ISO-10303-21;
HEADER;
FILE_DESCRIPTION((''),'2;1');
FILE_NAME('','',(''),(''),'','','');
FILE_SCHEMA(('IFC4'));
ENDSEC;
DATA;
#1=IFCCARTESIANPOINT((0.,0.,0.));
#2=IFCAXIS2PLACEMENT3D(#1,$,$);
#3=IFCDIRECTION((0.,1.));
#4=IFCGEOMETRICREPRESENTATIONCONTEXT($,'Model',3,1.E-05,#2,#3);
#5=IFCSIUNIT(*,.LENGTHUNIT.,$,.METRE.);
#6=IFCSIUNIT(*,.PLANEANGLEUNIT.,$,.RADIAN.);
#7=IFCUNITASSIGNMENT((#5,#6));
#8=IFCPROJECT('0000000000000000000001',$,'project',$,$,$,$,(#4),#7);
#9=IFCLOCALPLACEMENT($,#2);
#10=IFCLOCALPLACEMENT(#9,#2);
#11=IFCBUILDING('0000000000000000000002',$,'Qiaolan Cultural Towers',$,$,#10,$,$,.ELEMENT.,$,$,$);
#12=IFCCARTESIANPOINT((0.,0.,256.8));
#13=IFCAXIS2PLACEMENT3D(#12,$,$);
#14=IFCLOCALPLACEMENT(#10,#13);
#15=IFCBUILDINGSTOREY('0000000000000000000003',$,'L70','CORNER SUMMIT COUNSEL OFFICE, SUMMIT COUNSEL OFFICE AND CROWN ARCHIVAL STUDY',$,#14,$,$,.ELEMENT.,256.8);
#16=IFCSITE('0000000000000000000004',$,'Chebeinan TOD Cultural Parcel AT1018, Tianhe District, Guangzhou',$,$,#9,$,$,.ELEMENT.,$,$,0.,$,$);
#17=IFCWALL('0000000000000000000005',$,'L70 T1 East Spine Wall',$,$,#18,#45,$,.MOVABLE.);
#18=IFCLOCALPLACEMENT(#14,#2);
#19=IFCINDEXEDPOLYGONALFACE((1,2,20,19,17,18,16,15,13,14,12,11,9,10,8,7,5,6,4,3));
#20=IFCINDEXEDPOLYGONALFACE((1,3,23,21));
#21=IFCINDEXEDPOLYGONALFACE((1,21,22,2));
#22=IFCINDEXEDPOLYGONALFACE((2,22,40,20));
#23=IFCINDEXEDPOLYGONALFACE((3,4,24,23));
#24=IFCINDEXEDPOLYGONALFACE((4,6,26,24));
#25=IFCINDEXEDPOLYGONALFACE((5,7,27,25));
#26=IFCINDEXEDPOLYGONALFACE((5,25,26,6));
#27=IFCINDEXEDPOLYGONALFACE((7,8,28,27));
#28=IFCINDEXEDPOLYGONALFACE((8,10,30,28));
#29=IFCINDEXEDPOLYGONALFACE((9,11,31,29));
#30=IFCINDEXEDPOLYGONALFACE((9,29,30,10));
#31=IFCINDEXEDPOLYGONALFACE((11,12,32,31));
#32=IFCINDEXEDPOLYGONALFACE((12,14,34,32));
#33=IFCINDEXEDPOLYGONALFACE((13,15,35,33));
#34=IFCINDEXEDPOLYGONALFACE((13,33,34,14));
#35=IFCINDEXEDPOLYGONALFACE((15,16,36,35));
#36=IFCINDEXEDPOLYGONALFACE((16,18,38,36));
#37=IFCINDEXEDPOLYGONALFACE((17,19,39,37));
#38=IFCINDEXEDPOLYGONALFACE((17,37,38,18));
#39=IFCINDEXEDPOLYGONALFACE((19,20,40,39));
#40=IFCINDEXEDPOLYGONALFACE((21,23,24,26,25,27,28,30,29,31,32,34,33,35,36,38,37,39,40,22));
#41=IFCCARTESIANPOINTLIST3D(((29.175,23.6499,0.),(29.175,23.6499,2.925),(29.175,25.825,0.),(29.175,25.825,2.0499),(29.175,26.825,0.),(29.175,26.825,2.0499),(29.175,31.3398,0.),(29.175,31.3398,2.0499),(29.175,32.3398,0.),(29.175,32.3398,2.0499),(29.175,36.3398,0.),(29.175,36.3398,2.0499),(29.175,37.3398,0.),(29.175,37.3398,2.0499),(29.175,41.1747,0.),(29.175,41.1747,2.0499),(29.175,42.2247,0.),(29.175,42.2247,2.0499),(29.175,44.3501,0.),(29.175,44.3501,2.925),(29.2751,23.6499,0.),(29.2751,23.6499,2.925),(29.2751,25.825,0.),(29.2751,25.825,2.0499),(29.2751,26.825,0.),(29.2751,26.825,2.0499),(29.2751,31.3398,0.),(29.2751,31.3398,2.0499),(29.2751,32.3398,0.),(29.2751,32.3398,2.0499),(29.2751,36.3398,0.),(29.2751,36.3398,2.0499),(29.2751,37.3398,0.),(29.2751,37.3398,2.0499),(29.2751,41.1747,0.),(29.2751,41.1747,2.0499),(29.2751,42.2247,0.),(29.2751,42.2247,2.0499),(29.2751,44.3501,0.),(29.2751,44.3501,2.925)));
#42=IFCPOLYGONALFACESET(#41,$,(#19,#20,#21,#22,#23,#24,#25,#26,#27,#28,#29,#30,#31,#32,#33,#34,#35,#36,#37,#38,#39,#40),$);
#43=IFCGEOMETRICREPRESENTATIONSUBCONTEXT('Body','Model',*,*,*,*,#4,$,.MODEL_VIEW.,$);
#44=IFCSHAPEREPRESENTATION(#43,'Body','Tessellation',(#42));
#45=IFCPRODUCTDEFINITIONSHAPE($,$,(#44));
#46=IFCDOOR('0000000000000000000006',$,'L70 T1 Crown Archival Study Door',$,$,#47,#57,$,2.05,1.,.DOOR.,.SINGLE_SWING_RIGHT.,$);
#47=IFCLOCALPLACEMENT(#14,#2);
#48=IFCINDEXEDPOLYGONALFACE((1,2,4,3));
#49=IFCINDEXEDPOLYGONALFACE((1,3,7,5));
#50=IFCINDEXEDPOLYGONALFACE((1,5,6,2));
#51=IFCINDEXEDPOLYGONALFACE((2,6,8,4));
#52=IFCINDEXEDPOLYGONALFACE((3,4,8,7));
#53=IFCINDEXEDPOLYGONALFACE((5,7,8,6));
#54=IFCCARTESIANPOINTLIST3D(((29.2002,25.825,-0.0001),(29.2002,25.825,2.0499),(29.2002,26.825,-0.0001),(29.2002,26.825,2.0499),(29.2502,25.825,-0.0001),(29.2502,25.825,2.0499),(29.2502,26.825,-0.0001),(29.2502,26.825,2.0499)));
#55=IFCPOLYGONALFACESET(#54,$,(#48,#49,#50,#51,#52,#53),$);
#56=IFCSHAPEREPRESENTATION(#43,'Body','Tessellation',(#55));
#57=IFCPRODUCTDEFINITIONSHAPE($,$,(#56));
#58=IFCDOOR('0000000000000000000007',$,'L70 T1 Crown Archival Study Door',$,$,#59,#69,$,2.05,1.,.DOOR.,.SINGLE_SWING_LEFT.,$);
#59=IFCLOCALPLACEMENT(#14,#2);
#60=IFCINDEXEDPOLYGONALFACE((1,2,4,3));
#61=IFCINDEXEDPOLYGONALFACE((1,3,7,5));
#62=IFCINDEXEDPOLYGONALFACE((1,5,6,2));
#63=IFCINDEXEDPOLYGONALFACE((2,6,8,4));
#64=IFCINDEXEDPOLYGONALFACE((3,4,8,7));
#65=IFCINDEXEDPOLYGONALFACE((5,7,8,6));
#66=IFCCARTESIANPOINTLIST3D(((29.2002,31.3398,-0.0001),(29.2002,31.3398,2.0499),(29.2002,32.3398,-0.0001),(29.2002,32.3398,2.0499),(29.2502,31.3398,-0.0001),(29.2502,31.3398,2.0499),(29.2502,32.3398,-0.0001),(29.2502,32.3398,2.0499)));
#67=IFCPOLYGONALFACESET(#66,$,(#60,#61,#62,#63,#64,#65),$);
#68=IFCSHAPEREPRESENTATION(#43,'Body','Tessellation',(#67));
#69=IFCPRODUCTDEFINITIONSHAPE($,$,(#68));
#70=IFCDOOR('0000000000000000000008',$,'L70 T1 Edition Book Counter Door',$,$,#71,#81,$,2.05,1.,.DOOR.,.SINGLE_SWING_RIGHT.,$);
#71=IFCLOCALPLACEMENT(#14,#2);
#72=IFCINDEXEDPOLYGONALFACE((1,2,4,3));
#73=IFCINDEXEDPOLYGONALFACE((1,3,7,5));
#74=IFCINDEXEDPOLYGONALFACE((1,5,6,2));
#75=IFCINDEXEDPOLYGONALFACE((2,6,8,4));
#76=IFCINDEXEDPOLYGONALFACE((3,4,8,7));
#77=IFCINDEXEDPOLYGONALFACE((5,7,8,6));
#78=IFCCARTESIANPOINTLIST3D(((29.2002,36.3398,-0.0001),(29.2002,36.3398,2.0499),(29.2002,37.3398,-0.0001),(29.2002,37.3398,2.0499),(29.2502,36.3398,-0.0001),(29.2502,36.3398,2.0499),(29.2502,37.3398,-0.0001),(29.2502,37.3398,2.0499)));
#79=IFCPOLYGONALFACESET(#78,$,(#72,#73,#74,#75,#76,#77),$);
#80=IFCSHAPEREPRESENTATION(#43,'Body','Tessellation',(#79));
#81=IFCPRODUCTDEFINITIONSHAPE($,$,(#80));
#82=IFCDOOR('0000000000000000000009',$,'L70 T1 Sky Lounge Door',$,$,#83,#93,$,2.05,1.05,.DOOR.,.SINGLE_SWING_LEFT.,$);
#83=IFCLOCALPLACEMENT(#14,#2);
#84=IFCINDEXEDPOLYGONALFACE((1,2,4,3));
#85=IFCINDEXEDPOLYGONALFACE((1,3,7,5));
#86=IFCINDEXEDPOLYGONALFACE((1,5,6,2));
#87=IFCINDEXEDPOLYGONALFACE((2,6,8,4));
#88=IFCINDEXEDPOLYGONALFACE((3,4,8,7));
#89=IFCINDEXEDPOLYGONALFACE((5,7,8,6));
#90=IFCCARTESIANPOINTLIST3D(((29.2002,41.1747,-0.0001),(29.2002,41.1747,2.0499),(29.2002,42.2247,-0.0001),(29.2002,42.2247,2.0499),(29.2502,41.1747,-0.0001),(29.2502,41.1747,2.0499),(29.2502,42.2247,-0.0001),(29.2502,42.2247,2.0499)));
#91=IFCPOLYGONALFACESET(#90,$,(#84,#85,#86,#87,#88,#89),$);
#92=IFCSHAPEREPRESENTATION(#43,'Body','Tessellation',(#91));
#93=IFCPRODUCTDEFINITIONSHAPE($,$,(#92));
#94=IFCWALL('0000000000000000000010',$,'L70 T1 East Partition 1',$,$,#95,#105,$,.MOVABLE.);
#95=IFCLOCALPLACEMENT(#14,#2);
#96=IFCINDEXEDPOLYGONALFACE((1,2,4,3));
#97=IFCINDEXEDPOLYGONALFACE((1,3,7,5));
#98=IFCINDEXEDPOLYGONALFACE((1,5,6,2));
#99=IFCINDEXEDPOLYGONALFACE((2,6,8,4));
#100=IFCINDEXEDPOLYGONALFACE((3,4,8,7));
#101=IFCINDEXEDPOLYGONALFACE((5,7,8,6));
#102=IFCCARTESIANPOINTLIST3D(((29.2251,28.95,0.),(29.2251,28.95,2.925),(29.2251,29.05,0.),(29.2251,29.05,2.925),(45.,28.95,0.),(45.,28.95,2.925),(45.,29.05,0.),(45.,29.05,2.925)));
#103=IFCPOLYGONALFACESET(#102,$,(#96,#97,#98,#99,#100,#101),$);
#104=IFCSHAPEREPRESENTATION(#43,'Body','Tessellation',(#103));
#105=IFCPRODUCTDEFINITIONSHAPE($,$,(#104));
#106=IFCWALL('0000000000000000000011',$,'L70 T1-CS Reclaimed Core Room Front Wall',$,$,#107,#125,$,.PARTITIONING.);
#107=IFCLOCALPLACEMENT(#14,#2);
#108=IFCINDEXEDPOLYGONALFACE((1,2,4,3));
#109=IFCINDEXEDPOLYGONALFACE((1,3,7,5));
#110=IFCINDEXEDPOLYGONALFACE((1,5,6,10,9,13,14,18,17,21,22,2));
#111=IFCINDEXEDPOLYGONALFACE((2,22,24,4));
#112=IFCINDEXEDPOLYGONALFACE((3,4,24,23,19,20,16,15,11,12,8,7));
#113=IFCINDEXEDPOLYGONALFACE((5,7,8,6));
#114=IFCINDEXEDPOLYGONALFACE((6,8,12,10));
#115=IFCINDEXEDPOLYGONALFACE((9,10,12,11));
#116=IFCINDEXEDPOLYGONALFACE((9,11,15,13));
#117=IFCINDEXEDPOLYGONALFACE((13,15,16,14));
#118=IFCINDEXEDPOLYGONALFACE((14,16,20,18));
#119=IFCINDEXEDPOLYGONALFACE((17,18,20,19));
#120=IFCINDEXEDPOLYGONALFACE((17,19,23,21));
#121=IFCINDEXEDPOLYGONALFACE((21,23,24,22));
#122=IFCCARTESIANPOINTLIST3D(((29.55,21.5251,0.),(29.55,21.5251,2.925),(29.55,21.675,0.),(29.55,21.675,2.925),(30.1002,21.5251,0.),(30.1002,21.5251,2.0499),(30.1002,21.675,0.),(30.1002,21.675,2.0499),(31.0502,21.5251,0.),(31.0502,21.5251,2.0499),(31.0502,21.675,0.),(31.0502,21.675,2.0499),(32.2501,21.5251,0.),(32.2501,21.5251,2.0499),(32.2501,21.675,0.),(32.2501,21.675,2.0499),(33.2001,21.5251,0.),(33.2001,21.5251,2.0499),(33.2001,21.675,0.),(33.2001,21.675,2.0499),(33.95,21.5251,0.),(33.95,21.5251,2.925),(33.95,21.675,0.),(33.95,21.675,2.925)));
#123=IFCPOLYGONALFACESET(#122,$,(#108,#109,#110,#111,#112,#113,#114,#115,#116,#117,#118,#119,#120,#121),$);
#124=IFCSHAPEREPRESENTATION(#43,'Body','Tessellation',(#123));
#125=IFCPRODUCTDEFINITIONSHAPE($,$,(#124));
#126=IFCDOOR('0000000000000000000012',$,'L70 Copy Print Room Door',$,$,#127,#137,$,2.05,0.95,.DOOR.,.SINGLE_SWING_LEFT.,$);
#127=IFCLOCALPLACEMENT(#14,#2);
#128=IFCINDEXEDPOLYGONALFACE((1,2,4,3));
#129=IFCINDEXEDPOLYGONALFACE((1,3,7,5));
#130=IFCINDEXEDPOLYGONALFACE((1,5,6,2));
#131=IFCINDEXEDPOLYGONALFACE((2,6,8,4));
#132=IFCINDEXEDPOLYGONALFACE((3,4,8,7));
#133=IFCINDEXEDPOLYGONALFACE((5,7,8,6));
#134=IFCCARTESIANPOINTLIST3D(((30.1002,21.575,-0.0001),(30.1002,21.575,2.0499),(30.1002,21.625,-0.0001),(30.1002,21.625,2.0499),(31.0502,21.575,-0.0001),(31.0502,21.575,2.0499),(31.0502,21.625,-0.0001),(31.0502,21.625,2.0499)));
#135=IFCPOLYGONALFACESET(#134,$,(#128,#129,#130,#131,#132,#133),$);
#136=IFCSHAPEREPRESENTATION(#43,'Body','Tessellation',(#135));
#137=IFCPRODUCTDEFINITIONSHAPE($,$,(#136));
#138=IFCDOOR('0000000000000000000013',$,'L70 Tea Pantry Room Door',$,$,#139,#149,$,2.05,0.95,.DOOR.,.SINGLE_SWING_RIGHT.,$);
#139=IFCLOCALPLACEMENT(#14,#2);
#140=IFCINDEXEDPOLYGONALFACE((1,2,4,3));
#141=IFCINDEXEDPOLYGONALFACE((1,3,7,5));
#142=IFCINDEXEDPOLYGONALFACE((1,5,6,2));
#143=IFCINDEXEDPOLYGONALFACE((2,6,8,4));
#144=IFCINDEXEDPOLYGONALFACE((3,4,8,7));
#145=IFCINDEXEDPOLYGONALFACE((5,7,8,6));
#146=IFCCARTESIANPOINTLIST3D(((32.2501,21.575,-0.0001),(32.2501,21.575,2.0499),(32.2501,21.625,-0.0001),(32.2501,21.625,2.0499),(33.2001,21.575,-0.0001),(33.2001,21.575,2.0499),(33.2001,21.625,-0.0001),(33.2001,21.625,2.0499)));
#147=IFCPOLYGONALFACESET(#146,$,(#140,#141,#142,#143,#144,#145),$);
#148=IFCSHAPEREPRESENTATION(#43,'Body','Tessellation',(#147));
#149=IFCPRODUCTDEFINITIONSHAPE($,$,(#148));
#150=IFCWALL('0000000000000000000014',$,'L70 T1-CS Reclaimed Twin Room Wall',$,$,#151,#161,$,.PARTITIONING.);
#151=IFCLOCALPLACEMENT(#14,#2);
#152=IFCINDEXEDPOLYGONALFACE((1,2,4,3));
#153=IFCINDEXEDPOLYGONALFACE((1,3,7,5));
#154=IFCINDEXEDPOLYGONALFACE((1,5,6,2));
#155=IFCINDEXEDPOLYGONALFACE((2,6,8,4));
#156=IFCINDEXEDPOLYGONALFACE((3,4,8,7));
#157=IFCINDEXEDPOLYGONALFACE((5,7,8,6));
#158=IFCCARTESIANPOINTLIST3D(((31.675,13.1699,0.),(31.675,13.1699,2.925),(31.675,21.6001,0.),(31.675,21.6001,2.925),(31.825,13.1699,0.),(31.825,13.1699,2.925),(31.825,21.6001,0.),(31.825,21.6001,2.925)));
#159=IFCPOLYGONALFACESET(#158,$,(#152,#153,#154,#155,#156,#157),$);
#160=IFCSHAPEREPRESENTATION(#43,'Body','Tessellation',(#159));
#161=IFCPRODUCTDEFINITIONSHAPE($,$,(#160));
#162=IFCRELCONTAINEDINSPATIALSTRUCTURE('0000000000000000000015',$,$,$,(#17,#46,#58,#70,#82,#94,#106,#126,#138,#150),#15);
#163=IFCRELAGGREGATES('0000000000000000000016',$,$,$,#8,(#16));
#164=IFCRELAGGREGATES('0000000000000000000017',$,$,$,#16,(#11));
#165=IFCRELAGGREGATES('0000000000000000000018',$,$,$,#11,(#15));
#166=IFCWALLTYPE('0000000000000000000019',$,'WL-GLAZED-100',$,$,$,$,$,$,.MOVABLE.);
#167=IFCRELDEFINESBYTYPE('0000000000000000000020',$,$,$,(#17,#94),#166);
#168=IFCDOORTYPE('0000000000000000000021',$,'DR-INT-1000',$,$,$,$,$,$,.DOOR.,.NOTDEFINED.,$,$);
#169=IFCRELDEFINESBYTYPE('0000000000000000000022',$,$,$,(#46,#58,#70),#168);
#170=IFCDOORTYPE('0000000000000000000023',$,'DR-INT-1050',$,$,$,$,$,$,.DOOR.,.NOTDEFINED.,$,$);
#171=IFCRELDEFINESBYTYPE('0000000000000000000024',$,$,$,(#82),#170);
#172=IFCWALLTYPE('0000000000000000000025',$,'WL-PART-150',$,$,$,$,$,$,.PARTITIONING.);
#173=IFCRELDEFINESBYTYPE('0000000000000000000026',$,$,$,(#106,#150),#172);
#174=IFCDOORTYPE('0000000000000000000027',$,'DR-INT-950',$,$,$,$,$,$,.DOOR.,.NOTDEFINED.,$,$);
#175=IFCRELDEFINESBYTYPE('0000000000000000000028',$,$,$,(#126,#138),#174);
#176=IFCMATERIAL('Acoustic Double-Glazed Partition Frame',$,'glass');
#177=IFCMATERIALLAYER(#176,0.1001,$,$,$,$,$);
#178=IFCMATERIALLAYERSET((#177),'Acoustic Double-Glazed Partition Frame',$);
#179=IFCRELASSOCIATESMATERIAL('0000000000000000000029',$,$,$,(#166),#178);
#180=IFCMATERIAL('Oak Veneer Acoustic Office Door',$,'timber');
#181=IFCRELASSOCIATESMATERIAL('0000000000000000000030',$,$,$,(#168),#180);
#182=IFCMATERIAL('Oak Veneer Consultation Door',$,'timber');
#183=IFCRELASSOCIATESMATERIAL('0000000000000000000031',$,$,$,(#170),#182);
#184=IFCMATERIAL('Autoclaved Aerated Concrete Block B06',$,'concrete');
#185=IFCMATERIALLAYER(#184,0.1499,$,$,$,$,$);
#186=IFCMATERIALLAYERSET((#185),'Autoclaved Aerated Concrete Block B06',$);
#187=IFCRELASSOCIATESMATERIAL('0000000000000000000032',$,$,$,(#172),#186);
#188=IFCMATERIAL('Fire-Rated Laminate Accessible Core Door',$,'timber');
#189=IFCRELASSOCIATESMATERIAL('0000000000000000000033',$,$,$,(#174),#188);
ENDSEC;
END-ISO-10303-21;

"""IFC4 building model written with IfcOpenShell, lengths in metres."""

from ifc_helpers import new_model, si_unit, direction, frame, frame_2d, origin, place, context, subcontext, project, spatial, rectangle, extrude, material, layer, layer_set, type_object, element, fill, save


model = new_model("IFC4")

# Units and contexts
model_context = context("Model", 3, precision=1e-05, world=origin(), true_north=direction((0.0, 1.0)))
body_context = subcontext(model_context, "Body", "Model", "MODEL_VIEW")
ifc_project = project(units=[si_unit("LENGTHUNIT", "METRE"), si_unit("PLANEANGLEUNIT", "RADIAN")], contexts=[model_context])

# Site, building, storey
site_placement = place(None, origin())
site = spatial("IfcSite", under=ifc_project, at=site_placement, Name="Chebeinan TOD Cultural Parcel AT1018, Tianhe District, Guangzhou", CompositionType="ELEMENT", RefElevation=0.0)
building_placement = place(site_placement, origin())
building = spatial("IfcBuilding", under=site, at=building_placement, Name="Qiaolan Cultural Towers", CompositionType="ELEMENT")
storey_placement = place(building_placement, frame((0.0, 0.0, 256.8)))
storey = spatial("IfcBuildingStorey", under=building, at=storey_placement, Name="L70", Description="CORNER SUMMIT COUNSEL OFFICE, SUMMIT COUNSEL OFFICE AND CROWN ARCHIVAL STUDY", CompositionType="ELEMENT", Elevation=256.8)

# Shared definitions
ifc_material_1 = material(Name="Acoustic Double-Glazed Partition Frame", Category="glass")
ifc_layer_1 = layer(ifc_material_1, 0.1001)
ifc_layer_set_1 = layer_set([ifc_layer_1], Name="Acoustic Double-Glazed Partition Frame")
wall_type_1 = type_object("IfcWallType", Name="WL-GLAZED-100", PredefinedType="MOVABLE", material=ifc_layer_set_1)

# Wall, openings, doors
ifc_material_2 = material(Name="Oak Veneer Acoustic Office Door", Category="timber")
door_type_1 = type_object("IfcDoorType", Name="DR-INT-1000", OperationType="NOTDEFINED", PredefinedType="DOOR", material=ifc_material_2)
ifc_material_3 = material(Name="Oak Veneer Consultation Door", Category="timber")
door_type_2 = type_object("IfcDoorType", Name="DR-INT-1050", OperationType="NOTDEFINED", PredefinedType="DOOR", material=ifc_material_3)
wall_1_placement = place(storey_placement, frame((29.2251, 23.6499, 0.0), z_axis=(0.0, 0.0, 1.0), x_axis=(0.0, 1.0, 0.0)))
wall_1 = element("IfcWall", 1, at=wall_1_placement, inside=storey, type_object=wall_type_1, Name="L70 T1 East Spine Wall", PredefinedType="MOVABLE", context=body_context, shape_type="SweptSolid", body=[
    extrude(rectangle(XDim=20.7002, YDim=0.1001, at=frame_2d((10.3501, 0.0))), origin(), (0.0, 0.0, 1.0), 2.925),
])
opening_1_placement = place(wall_1_placement, frame((2.175, 0.0, 0.0)))
opening_1 = element("IfcOpeningElement", 2, at=opening_1_placement, cuts=wall_1, PredefinedType="OPENING", context=body_context, shape_type="SweptSolid", body=[
    extrude(rectangle(XDim=1.0, YDim=2.05, at=frame_2d((0.5, 1.0249))), frame((0.0, 0.0601, 0.0), z_axis=(0.0, -1.0, 0.0), x_axis=(1.0, 0.0, 0.0)), (0.0, 0.0, 1.0), 0.1201),
])
opening_2_placement = place(wall_1_placement, frame((7.6899, 0.0, 0.0)))
opening_2 = element("IfcOpeningElement", 3, at=opening_2_placement, cuts=wall_1, PredefinedType="OPENING", context=body_context, shape_type="SweptSolid", body=[
    extrude(rectangle(XDim=1.0, YDim=2.05, at=frame_2d((0.5, 1.0249))), frame((0.0, 0.0601, 0.0), z_axis=(0.0, -1.0, 0.0), x_axis=(1.0, 0.0, 0.0)), (0.0, 0.0, 1.0), 0.1201),
])
opening_3_placement = place(wall_1_placement, frame((12.6899, 0.0, 0.0)))
opening_3 = element("IfcOpeningElement", 4, at=opening_3_placement, cuts=wall_1, PredefinedType="OPENING", context=body_context, shape_type="SweptSolid", body=[
    extrude(rectangle(XDim=1.0, YDim=2.05, at=frame_2d((0.5, 1.0249))), frame((0.0, 0.0601, 0.0), z_axis=(0.0, -1.0, 0.0), x_axis=(1.0, 0.0, 0.0)), (0.0, 0.0, 1.0), 0.1201),
])
opening_4_placement = place(wall_1_placement, frame((17.5249, 0.0, 0.0)))
opening_4 = element("IfcOpeningElement", 5, at=opening_4_placement, cuts=wall_1, PredefinedType="OPENING", context=body_context, shape_type="SweptSolid", body=[
    extrude(rectangle(XDim=1.05, YDim=2.05, at=frame_2d((0.5249, 1.0249))), frame((0.0, 0.0601, 0.0), z_axis=(0.0, -1.0, 0.0), x_axis=(1.0, 0.0, 0.0)), (0.0, 0.0, 1.0), 0.1201),
])
door_1_placement = place(opening_1_placement, origin())
door_1 = element("IfcDoor", 6, at=door_1_placement, inside=storey, type_object=door_type_1, Name="L70 T1 Crown Archival Study Door", OperationType="SINGLE_SWING_RIGHT", OverallHeight=2.05, OverallWidth=1.0, PredefinedType="DOOR", context=body_context, shape_type="SweptSolid", body=[
    extrude(rectangle(XDim=1.0, YDim=2.05, at=frame_2d((0.5, 1.0249))), frame((0.0, 0.0249, 0.0), z_axis=(0.0, -1.0, 0.0), x_axis=(1.0, 0.0, 0.0)), (0.0, 0.0, 1.0), 0.05),
])
fill(opening_1, door_1)
door_2_placement = place(opening_2_placement, origin())
door_2 = element("IfcDoor", 7, at=door_2_placement, inside=storey, type_object=door_type_1, Name="L70 T1 Crown Archival Study Door", OperationType="SINGLE_SWING_LEFT", OverallHeight=2.05, OverallWidth=1.0, PredefinedType="DOOR", context=body_context, shape_type="SweptSolid", body=[
    extrude(rectangle(XDim=1.0, YDim=2.05, at=frame_2d((0.5, 1.0249))), frame((0.0, 0.0249, 0.0), z_axis=(0.0, -1.0, 0.0), x_axis=(1.0, 0.0, 0.0)), (0.0, 0.0, 1.0), 0.05),
])
fill(opening_2, door_2)
door_3_placement = place(opening_3_placement, origin())
door_3 = element("IfcDoor", 8, at=door_3_placement, inside=storey, type_object=door_type_1, Name="L70 T1 Edition Book Counter Door", OperationType="SINGLE_SWING_RIGHT", OverallHeight=2.05, OverallWidth=1.0, PredefinedType="DOOR", context=body_context, shape_type="SweptSolid", body=[
    extrude(rectangle(XDim=1.0, YDim=2.05, at=frame_2d((0.5, 1.0249))), frame((0.0, 0.0249, 0.0), z_axis=(0.0, -1.0, 0.0), x_axis=(1.0, 0.0, 0.0)), (0.0, 0.0, 1.0), 0.05),
])
fill(opening_3, door_3)
door_4_placement = place(opening_4_placement, origin())
door_4 = element("IfcDoor", 9, at=door_4_placement, inside=storey, type_object=door_type_2, Name="L70 T1 Sky Lounge Door", OperationType="SINGLE_SWING_LEFT", OverallHeight=2.05, OverallWidth=1.05, PredefinedType="DOOR", context=body_context, shape_type="SweptSolid", body=[
    extrude(rectangle(XDim=1.05, YDim=2.05, at=frame_2d((0.5249, 1.0249))), frame((0.0, 0.0249, 0.0), z_axis=(0.0, -1.0, 0.0), x_axis=(1.0, 0.0, 0.0)), (0.0, 0.0, 1.0), 0.05),
])
fill(opening_4, door_4)

# Wall
wall_2_placement = place(storey_placement, frame((29.2251, 29.0, 0.0), z_axis=(0.0, 0.0, 1.0), x_axis=(1.0, 0.0, 0.0)))
element("IfcWall", 10, at=wall_2_placement, inside=storey, type_object=wall_type_1, Name="L70 T1 East Partition 1", PredefinedType="MOVABLE", context=body_context, shape_type="SweptSolid", body=[
    extrude(rectangle(XDim=15.7749, YDim=0.1001, at=frame_2d((7.8875, 0.0))), origin(), (0.0, 0.0, 1.0), 2.925),
])

# Wall, openings, doors
ifc_material_4 = material(Name="Autoclaved Aerated Concrete Block B06", Category="concrete")
ifc_layer_2 = layer(ifc_material_4, 0.1499)
ifc_layer_set_2 = layer_set([ifc_layer_2], Name="Autoclaved Aerated Concrete Block B06")
wall_type_2 = type_object("IfcWallType", Name="WL-PART-150", PredefinedType="PARTITIONING", material=ifc_layer_set_2)
wall_3_placement = place(storey_placement, frame((29.55, 21.6001, 0.0), z_axis=(0.0, 0.0, 1.0), x_axis=(1.0, 0.0, 0.0)))
wall_3 = element("IfcWall", 11, at=wall_3_placement, inside=storey, type_object=wall_type_2, Name="L70 T1-CS Reclaimed Core Room Front Wall", PredefinedType="PARTITIONING", context=body_context, shape_type="SweptSolid", body=[
    extrude(rectangle(XDim=4.3999, YDim=0.1499, at=frame_2d((2.2, 0.0))), origin(), (0.0, 0.0, 1.0), 2.925),
])
opening_5_placement = place(wall_3_placement, frame((0.55, 0.0, 0.0)))
opening_5 = element("IfcOpeningElement", 12, at=opening_5_placement, cuts=wall_3, PredefinedType="OPENING", context=body_context, shape_type="SweptSolid", body=[
    extrude(rectangle(XDim=0.95, YDim=2.05, at=frame_2d((0.4751, 1.0249))), frame((0.0, 0.085, 0.0), z_axis=(0.0, -1.0, 0.0), x_axis=(1.0, 0.0, 0.0)), (0.0, 0.0, 1.0), 0.1699),
])
opening_6_placement = place(wall_3_placement, frame((2.7, 0.0, 0.0)))
opening_6 = element("IfcOpeningElement", 13, at=opening_6_placement, cuts=wall_3, PredefinedType="OPENING", context=body_context, shape_type="SweptSolid", body=[
    extrude(rectangle(XDim=0.95, YDim=2.05, at=frame_2d((0.4751, 1.0249))), frame((0.0, 0.085, 0.0), z_axis=(0.0, -1.0, 0.0), x_axis=(1.0, 0.0, 0.0)), (0.0, 0.0, 1.0), 0.1699),
])
ifc_material_5 = material(Name="Fire-Rated Laminate Accessible Core Door", Category="timber")
door_type_3 = type_object("IfcDoorType", Name="DR-INT-950", OperationType="NOTDEFINED", PredefinedType="DOOR", material=ifc_material_5)
door_5_placement = place(opening_5_placement, origin())
door_5 = element("IfcDoor", 14, at=door_5_placement, inside=storey, type_object=door_type_3, Name="L70 Copy Print Room Door", OperationType="SINGLE_SWING_LEFT", OverallHeight=2.05, OverallWidth=0.95, PredefinedType="DOOR", context=body_context, shape_type="SweptSolid", body=[
    extrude(rectangle(XDim=0.95, YDim=2.05, at=frame_2d((0.4751, 1.0249))), frame((0.0, 0.0249, 0.0), z_axis=(0.0, -1.0, 0.0), x_axis=(1.0, 0.0, 0.0)), (0.0, 0.0, 1.0), 0.05),
])
fill(opening_5, door_5)
door_6_placement = place(opening_6_placement, origin())
door_6 = element("IfcDoor", 15, at=door_6_placement, inside=storey, type_object=door_type_3, Name="L70 Tea Pantry Room Door", OperationType="SINGLE_SWING_RIGHT", OverallHeight=2.05, OverallWidth=0.95, PredefinedType="DOOR", context=body_context, shape_type="SweptSolid", body=[
    extrude(rectangle(XDim=0.95, YDim=2.05, at=frame_2d((0.4751, 1.0249))), frame((0.0, 0.0249, 0.0), z_axis=(0.0, -1.0, 0.0), x_axis=(1.0, 0.0, 0.0)), (0.0, 0.0, 1.0), 0.05),
])
fill(opening_6, door_6)

# Wall
wall_4_placement = place(storey_placement, frame((31.75, 21.6001, 0.0), z_axis=(0.0, 0.0, 1.0), x_axis=(0.0, -1.0, 0.0)))
element("IfcWall", 16, at=wall_4_placement, inside=storey, type_object=wall_type_2, Name="L70 T1-CS Reclaimed Twin Room Wall", PredefinedType="PARTITIONING", context=body_context, shape_type="SweptSolid", body=[
    extrude(rectangle(XDim=8.4302, YDim=0.1499, at=frame_2d((4.2151, 0.0))), origin(), (0.0, 0.0, 1.0), 2.925),
])

save(model, "model.ifc")
